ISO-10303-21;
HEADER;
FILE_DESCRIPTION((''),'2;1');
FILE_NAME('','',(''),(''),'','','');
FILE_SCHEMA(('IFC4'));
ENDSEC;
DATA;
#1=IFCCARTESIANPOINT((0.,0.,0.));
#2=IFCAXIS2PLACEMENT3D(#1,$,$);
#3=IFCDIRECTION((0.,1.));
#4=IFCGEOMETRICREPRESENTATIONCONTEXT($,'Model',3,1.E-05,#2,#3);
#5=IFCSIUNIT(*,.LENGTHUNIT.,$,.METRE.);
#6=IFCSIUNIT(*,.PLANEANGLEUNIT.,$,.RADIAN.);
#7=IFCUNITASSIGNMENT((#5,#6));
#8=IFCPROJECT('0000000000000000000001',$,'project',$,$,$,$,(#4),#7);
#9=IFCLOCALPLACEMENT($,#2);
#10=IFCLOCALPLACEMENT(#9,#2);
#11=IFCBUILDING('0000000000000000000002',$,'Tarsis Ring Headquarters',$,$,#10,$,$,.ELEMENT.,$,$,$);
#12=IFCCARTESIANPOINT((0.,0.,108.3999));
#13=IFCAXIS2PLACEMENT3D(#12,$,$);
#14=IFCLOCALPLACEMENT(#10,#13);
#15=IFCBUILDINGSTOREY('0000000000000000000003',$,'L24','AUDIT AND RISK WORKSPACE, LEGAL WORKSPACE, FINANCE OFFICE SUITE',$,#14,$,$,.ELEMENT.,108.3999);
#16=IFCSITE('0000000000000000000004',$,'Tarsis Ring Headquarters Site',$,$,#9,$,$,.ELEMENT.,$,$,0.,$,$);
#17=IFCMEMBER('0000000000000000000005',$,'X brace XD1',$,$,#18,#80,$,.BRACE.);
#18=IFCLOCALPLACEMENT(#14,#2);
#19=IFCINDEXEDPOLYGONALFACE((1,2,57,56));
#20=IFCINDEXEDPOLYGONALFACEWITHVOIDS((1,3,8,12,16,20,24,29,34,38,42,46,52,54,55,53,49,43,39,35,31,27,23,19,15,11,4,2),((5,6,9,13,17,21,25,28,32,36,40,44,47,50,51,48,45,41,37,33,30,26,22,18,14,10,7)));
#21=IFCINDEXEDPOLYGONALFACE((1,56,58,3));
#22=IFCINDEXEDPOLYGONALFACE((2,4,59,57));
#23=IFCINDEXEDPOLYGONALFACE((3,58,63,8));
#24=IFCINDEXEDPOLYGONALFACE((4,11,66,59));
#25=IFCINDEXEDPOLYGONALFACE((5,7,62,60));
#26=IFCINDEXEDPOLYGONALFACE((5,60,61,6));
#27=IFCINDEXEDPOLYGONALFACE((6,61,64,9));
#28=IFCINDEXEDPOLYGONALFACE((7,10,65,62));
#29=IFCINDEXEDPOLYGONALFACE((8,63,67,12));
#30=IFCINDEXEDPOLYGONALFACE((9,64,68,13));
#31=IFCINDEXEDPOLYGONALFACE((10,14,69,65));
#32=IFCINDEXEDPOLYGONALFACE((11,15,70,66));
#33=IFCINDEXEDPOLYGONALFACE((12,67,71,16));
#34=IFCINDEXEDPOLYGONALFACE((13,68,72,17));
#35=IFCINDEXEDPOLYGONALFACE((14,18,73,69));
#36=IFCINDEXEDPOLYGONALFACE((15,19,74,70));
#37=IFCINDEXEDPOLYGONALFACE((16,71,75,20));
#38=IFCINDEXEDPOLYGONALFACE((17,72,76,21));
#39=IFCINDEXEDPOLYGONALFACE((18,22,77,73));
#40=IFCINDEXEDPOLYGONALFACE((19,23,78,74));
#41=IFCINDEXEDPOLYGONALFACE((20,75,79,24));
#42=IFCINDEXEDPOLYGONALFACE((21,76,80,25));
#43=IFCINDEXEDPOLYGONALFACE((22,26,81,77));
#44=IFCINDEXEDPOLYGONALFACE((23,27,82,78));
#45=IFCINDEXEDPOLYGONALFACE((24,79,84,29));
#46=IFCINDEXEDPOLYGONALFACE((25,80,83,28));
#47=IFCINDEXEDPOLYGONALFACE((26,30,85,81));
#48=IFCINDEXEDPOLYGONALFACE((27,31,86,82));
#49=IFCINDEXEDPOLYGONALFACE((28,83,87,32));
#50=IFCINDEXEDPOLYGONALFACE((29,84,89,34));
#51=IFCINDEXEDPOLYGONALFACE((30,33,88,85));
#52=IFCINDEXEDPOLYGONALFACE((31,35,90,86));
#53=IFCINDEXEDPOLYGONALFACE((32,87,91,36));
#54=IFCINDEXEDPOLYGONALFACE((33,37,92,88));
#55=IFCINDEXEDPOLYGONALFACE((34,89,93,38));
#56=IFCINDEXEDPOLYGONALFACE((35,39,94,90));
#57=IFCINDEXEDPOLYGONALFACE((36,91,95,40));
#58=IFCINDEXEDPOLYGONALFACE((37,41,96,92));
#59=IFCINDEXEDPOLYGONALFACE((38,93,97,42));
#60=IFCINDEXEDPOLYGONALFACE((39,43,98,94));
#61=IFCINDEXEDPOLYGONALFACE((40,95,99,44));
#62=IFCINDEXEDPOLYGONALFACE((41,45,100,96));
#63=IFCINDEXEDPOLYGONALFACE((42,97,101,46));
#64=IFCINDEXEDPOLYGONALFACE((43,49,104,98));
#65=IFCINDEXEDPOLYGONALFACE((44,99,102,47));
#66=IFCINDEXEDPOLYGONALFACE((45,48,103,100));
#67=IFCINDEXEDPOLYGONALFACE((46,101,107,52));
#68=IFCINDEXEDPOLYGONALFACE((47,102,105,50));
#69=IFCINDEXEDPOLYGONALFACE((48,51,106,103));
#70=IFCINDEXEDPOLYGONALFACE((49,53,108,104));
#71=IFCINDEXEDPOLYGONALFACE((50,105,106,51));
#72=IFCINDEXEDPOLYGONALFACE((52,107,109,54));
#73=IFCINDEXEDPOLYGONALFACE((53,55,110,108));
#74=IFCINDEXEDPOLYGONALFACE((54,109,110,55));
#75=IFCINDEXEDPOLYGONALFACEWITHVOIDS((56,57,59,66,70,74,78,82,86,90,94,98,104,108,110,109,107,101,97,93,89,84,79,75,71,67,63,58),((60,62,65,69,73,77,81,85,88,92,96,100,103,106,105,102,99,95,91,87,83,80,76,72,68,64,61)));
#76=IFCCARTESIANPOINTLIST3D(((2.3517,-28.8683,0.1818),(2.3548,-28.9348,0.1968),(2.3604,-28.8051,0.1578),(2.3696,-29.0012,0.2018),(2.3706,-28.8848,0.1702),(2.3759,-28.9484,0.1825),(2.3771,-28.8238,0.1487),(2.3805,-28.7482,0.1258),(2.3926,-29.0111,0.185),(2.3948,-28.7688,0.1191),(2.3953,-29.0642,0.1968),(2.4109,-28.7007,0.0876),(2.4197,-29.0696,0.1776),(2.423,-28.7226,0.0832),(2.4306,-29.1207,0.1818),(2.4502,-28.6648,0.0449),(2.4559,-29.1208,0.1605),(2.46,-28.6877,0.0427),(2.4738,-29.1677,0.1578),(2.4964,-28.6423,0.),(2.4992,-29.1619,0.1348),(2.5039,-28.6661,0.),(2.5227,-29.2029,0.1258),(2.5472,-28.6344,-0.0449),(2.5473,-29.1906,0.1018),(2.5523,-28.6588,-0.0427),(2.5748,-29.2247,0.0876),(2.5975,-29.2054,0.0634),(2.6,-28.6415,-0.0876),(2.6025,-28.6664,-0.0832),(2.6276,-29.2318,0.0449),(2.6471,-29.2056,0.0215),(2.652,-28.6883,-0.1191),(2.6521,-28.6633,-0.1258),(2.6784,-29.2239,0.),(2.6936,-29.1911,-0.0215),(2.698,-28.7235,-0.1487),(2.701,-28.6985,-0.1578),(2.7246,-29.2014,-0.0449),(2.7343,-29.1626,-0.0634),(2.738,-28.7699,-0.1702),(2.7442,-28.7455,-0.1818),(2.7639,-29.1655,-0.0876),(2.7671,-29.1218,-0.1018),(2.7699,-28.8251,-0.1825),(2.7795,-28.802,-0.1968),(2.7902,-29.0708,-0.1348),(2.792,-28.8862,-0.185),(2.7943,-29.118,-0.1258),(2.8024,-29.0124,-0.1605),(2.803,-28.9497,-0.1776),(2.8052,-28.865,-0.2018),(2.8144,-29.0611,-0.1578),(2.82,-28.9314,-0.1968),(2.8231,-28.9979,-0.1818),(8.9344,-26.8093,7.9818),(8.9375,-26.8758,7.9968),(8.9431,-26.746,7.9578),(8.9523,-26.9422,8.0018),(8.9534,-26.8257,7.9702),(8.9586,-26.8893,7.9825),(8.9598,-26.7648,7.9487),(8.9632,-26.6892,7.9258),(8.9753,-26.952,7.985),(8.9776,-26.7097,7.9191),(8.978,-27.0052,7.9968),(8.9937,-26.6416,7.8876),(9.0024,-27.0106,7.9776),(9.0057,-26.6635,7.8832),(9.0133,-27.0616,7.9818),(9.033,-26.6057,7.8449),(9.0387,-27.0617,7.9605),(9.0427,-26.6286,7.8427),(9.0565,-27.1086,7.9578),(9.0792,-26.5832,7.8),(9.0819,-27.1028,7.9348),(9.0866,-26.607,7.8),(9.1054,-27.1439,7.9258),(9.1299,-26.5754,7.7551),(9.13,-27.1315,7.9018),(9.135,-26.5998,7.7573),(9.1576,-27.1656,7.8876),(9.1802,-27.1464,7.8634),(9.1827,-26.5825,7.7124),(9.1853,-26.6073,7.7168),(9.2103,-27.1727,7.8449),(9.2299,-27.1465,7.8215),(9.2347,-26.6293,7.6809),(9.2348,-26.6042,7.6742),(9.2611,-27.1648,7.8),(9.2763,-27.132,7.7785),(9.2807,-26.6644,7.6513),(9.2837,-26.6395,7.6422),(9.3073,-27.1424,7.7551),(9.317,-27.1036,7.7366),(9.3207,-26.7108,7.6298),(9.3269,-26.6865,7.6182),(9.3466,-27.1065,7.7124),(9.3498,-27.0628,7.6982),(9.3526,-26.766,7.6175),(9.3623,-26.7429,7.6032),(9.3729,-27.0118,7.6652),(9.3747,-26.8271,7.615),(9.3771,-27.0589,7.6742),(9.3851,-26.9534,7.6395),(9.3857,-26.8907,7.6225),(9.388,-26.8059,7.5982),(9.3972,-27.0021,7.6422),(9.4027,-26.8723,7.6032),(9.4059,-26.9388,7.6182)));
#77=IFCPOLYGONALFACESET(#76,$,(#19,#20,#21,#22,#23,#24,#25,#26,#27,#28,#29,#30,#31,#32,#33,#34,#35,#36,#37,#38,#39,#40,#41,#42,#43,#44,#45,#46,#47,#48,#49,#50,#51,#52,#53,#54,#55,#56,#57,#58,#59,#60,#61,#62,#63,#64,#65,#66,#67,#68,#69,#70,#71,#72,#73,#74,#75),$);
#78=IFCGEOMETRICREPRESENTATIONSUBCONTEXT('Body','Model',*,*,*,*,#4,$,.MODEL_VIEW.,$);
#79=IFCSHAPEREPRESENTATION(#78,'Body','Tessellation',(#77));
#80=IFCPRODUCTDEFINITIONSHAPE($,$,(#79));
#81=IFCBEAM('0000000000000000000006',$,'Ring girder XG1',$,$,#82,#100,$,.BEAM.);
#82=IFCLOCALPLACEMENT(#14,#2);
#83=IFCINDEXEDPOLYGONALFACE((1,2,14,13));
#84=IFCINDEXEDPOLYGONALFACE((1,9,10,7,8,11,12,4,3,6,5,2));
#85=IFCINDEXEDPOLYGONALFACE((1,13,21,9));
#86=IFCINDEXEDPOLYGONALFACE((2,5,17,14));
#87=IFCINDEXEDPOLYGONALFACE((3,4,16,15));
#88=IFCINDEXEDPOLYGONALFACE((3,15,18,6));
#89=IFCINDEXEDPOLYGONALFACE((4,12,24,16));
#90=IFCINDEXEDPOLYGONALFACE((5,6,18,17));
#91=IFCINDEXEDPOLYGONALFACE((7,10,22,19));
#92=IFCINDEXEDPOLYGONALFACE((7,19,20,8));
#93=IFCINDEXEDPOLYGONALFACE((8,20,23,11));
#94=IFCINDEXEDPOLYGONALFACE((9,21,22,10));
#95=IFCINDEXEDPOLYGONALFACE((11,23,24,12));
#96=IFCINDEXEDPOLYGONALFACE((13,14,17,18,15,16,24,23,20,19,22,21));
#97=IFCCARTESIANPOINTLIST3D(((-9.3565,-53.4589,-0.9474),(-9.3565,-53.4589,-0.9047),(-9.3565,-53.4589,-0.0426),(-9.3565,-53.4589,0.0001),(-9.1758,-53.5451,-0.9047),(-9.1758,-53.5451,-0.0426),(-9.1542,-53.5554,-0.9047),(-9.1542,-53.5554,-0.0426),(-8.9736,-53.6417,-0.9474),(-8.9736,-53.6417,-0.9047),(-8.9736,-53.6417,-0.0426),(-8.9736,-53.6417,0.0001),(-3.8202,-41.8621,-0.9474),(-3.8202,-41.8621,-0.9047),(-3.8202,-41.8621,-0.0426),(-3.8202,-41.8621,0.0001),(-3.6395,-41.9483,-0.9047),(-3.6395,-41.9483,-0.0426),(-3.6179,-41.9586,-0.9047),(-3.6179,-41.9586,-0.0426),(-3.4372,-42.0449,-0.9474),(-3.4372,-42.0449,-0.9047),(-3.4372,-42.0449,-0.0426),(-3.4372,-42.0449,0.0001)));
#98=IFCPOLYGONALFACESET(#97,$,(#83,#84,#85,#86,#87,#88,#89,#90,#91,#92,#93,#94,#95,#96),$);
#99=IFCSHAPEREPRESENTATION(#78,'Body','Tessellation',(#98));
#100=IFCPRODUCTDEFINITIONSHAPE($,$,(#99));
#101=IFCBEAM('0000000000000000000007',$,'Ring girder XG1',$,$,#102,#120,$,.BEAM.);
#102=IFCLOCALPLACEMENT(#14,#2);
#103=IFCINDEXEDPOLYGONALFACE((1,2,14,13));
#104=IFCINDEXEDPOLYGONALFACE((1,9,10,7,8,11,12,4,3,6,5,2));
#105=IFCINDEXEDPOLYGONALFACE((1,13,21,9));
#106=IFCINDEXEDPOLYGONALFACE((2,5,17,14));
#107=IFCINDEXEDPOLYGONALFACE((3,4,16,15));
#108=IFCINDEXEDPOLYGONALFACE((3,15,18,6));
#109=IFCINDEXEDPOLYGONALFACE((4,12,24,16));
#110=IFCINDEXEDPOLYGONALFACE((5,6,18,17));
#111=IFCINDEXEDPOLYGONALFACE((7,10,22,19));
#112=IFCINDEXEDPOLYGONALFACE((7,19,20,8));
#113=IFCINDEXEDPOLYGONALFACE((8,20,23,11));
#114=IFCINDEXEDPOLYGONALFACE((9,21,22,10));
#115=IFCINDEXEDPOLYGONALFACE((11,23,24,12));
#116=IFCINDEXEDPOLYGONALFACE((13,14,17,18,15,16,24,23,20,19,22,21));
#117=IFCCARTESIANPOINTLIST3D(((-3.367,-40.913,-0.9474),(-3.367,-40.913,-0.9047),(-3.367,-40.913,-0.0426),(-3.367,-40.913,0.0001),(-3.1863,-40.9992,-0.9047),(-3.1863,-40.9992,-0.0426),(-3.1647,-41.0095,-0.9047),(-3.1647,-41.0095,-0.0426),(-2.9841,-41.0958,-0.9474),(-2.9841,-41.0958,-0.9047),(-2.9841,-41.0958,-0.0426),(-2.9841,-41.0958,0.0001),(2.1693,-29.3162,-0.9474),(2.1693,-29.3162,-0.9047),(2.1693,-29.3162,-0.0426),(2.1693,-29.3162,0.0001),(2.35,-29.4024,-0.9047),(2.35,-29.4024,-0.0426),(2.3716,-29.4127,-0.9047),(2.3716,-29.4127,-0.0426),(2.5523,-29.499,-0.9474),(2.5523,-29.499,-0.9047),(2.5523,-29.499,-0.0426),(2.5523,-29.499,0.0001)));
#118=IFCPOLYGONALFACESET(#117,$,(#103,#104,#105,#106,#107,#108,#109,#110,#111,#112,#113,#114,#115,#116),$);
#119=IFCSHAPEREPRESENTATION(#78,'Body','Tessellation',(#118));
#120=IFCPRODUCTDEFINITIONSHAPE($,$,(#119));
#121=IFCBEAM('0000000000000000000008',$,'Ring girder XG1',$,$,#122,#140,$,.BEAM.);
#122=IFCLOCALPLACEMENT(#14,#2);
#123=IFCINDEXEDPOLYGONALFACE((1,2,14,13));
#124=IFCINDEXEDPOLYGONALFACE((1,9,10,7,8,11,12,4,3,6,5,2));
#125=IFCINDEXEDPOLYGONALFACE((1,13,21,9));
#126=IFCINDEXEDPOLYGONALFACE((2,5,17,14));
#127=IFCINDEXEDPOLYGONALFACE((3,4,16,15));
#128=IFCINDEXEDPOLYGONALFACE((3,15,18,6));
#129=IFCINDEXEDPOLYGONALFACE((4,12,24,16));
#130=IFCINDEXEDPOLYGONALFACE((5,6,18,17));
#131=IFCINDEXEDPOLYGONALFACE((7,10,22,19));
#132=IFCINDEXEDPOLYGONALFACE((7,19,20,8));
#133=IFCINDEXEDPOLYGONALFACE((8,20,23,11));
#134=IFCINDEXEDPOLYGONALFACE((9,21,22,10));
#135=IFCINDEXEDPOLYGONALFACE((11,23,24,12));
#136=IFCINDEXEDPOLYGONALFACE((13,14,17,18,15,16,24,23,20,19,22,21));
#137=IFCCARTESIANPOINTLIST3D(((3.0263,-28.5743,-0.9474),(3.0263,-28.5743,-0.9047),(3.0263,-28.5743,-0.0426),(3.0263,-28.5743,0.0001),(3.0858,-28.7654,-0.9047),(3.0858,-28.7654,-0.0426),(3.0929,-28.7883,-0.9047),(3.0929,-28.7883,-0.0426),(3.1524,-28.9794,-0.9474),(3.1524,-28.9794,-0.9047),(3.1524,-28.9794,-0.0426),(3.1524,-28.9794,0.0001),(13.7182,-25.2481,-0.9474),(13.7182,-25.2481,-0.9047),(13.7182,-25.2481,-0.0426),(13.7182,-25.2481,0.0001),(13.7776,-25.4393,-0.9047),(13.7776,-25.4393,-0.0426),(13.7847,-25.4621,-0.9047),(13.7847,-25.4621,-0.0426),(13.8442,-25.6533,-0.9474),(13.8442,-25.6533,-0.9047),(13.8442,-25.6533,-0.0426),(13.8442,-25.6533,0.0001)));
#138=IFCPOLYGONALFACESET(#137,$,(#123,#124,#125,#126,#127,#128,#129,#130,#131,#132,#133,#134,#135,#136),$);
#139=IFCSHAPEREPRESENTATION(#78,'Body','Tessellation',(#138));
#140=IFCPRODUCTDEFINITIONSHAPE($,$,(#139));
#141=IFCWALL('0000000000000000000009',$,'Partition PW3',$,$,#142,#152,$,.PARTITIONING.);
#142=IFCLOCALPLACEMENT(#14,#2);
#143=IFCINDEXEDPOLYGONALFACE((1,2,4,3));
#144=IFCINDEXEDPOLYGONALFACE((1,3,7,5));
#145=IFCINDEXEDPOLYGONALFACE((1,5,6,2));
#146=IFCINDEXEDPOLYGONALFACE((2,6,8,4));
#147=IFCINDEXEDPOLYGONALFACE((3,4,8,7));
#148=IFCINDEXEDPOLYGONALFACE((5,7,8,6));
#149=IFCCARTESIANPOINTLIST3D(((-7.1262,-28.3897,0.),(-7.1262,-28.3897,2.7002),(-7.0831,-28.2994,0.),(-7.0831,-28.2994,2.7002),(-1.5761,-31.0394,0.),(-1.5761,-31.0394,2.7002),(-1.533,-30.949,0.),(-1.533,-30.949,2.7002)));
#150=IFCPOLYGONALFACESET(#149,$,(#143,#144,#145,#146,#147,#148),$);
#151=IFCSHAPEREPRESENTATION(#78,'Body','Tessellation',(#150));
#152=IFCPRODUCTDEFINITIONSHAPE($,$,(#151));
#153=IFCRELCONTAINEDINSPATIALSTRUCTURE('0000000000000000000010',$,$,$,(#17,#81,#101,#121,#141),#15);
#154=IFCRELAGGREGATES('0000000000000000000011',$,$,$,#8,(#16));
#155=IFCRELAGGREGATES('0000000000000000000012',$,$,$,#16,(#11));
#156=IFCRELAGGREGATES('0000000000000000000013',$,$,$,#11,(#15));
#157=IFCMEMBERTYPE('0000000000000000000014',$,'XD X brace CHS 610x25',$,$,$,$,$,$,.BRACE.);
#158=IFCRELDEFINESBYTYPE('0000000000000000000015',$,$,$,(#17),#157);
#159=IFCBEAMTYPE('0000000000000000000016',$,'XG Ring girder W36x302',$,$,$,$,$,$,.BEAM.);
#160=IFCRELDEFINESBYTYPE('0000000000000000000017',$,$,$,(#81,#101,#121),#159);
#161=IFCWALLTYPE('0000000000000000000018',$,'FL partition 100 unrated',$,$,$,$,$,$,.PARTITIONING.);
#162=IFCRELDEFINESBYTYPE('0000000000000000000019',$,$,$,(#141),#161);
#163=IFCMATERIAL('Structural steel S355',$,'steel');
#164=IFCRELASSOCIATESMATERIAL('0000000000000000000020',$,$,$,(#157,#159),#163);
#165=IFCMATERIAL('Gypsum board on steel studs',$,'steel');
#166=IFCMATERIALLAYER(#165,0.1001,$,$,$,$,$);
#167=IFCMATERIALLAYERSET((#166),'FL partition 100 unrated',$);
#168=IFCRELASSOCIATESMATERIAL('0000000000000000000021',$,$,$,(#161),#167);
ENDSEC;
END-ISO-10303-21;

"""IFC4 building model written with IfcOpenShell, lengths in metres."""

from ifc_helpers import new_model, si_unit, direction, frame, frame_2d, origin, origin_2d, place, context, subcontext, project, spatial, rectangle, hollow_circle, i_section, extrude, material, layer, layer_set, material_profile, profile_set, type_object, element, save


model = new_model("IFC4")

# Units and contexts
model_context = context("Model", 3, precision=1e-05, world=origin(), true_north=direction((0.0, 1.0)))
body_context = subcontext(model_context, "Body", "Model", "MODEL_VIEW")
ifc_project = project(units=[si_unit("LENGTHUNIT", "METRE"), si_unit("PLANEANGLEUNIT", "RADIAN")], contexts=[model_context])

# Site, building, storey
site_placement = place(None, origin())
site = spatial("IfcSite", under=ifc_project, at=site_placement, Name="Tarsis Ring Headquarters Site", CompositionType="ELEMENT", RefElevation=0.0)
building_placement = place(site_placement, origin())
building = spatial("IfcBuilding", under=site, at=building_placement, Name="Tarsis Ring Headquarters", CompositionType="ELEMENT")
storey_placement = place(building_placement, frame((0.0, 0.0, 108.3999)))
storey = spatial("IfcBuildingStorey", under=building, at=storey_placement, Name="L24", Description="AUDIT AND RISK WORKSPACE, LEGAL WORKSPACE, FINANCE OFFICE SUITE", CompositionType="ELEMENT", Elevation=108.3999)

# Shared definitions
ifc_material_1 = material(Name="Structural steel S355", Category="steel")

# Member
ifc_material_profile_1 = material_profile(ifc_material_1, hollow_circle(Radius=0.3047, WallThickness=0.0249, at=origin_2d()), Name="CHS 610x25")
ifc_profile_set_1 = profile_set([ifc_material_profile_1], Name="Structural steel S355")
member_type = type_object("IfcMemberType", Name="XD X brace CHS 610x25", PredefinedType="BRACE", material=ifc_profile_set_1)
member_1_placement = place(storey_placement, frame((2.5874, -28.9331, 0.0), z_axis=(0.632218, 0.197757, 0.749128), x_axis=(-0.298535, 0.954399, 0.0)))
element("IfcMember", 1, at=member_1_placement, inside=storey, type_object=member_type, Name="X brace XD1", PredefinedType="BRACE", context=body_context, shape_type="SweptSolid", body=[
    extrude(hollow_circle(Radius=0.3047, WallThickness=0.0249, at=origin_2d()), origin(), (0.0, 0.0, 1.0), 10.4121),
])

# Beams
ifc_material_profile_2 = material_profile(ifc_material_1, i_section(OverallWidth=0.4243, OverallDepth=0.9475, WebThickness=0.0239, FlangeThickness=0.0427, at=origin_2d()), Name="W36x302")
ifc_profile_set_2 = profile_set([ifc_material_profile_2], Name="Structural steel S355")
beam_type = type_object("IfcBeamType", Name="XG Ring girder W36x302", PredefinedType="BEAM", material=ifc_profile_set_2)
for number, where, z_axis, x_axis, name in (
    (2, (-9.165, -53.5503, -0.4736), (0.430823, 0.902436, 0.0), (-0.902436, 0.430823, 0.0), "Ring girder XG1"),
    (3, (-3.1755, -41.0044, -0.4736), (0.430823, 0.902436, 0.0), (-0.902436, 0.430823, 0.0), "Ring girder XG1"),
):
    element("IfcBeam", number, at=place(storey_placement, frame(where, z_axis=z_axis, x_axis=x_axis)), inside=storey, type_object=beam_type, Name=name, PredefinedType="BEAM", context=body_context, shape_type="SweptSolid", body=[
        extrude(i_section(OverallWidth=0.4243, OverallDepth=0.9475, WebThickness=0.0239, FlangeThickness=0.0427, at=origin_2d()), origin(), (0.0, 0.0, 1.0), 12.8506),
    ])
beam_placement = place(storey_placement, frame((3.0894, -28.7769, -0.4736), z_axis=(0.954862, 0.297051, 0.0), x_axis=(-0.297051, 0.954862, 0.0)))
element("IfcBeam", 4, at=beam_placement, inside=storey, type_object=beam_type, Name="Ring girder XG1", PredefinedType="BEAM", context=body_context, shape_type="SweptSolid", body=[
    extrude(i_section(OverallWidth=0.4243, OverallDepth=0.9475, WebThickness=0.0239, FlangeThickness=0.0427, at=origin_2d()), origin(), (0.0, 0.0, 1.0), 11.1973),
])

# Wall
ifc_material_2 = material(Name="Gypsum board on steel studs", Category="steel")
ifc_layer_1 = layer(ifc_material_2, 0.1001)
ifc_layer_set_1 = layer_set([ifc_layer_1], Name="FL partition 100 unrated")
wall_type_1 = type_object("IfcWallType", Name="FL partition 100 unrated", PredefinedType="PARTITIONING", material=ifc_layer_set_1)
wall_1_placement = place(storey_placement, frame((-7.1047, -28.3445, 0.0), z_axis=(0.0, 0.0, 1.0), x_axis=(0.902432, -0.430832, 0.0)))
element("IfcWall", 5, at=wall_1_placement, inside=storey, type_object=wall_type_1, Name="Partition PW3", PredefinedType="PARTITIONING", context=body_context, shape_type="SweptSolid", body=[
    extrude(rectangle(XDim=6.1501, YDim=0.1001, at=frame_2d((3.0752, 0.0))), origin(), (0.0, 0.0, 1.0), 2.7002),
])

save(model, "model.ifc")
